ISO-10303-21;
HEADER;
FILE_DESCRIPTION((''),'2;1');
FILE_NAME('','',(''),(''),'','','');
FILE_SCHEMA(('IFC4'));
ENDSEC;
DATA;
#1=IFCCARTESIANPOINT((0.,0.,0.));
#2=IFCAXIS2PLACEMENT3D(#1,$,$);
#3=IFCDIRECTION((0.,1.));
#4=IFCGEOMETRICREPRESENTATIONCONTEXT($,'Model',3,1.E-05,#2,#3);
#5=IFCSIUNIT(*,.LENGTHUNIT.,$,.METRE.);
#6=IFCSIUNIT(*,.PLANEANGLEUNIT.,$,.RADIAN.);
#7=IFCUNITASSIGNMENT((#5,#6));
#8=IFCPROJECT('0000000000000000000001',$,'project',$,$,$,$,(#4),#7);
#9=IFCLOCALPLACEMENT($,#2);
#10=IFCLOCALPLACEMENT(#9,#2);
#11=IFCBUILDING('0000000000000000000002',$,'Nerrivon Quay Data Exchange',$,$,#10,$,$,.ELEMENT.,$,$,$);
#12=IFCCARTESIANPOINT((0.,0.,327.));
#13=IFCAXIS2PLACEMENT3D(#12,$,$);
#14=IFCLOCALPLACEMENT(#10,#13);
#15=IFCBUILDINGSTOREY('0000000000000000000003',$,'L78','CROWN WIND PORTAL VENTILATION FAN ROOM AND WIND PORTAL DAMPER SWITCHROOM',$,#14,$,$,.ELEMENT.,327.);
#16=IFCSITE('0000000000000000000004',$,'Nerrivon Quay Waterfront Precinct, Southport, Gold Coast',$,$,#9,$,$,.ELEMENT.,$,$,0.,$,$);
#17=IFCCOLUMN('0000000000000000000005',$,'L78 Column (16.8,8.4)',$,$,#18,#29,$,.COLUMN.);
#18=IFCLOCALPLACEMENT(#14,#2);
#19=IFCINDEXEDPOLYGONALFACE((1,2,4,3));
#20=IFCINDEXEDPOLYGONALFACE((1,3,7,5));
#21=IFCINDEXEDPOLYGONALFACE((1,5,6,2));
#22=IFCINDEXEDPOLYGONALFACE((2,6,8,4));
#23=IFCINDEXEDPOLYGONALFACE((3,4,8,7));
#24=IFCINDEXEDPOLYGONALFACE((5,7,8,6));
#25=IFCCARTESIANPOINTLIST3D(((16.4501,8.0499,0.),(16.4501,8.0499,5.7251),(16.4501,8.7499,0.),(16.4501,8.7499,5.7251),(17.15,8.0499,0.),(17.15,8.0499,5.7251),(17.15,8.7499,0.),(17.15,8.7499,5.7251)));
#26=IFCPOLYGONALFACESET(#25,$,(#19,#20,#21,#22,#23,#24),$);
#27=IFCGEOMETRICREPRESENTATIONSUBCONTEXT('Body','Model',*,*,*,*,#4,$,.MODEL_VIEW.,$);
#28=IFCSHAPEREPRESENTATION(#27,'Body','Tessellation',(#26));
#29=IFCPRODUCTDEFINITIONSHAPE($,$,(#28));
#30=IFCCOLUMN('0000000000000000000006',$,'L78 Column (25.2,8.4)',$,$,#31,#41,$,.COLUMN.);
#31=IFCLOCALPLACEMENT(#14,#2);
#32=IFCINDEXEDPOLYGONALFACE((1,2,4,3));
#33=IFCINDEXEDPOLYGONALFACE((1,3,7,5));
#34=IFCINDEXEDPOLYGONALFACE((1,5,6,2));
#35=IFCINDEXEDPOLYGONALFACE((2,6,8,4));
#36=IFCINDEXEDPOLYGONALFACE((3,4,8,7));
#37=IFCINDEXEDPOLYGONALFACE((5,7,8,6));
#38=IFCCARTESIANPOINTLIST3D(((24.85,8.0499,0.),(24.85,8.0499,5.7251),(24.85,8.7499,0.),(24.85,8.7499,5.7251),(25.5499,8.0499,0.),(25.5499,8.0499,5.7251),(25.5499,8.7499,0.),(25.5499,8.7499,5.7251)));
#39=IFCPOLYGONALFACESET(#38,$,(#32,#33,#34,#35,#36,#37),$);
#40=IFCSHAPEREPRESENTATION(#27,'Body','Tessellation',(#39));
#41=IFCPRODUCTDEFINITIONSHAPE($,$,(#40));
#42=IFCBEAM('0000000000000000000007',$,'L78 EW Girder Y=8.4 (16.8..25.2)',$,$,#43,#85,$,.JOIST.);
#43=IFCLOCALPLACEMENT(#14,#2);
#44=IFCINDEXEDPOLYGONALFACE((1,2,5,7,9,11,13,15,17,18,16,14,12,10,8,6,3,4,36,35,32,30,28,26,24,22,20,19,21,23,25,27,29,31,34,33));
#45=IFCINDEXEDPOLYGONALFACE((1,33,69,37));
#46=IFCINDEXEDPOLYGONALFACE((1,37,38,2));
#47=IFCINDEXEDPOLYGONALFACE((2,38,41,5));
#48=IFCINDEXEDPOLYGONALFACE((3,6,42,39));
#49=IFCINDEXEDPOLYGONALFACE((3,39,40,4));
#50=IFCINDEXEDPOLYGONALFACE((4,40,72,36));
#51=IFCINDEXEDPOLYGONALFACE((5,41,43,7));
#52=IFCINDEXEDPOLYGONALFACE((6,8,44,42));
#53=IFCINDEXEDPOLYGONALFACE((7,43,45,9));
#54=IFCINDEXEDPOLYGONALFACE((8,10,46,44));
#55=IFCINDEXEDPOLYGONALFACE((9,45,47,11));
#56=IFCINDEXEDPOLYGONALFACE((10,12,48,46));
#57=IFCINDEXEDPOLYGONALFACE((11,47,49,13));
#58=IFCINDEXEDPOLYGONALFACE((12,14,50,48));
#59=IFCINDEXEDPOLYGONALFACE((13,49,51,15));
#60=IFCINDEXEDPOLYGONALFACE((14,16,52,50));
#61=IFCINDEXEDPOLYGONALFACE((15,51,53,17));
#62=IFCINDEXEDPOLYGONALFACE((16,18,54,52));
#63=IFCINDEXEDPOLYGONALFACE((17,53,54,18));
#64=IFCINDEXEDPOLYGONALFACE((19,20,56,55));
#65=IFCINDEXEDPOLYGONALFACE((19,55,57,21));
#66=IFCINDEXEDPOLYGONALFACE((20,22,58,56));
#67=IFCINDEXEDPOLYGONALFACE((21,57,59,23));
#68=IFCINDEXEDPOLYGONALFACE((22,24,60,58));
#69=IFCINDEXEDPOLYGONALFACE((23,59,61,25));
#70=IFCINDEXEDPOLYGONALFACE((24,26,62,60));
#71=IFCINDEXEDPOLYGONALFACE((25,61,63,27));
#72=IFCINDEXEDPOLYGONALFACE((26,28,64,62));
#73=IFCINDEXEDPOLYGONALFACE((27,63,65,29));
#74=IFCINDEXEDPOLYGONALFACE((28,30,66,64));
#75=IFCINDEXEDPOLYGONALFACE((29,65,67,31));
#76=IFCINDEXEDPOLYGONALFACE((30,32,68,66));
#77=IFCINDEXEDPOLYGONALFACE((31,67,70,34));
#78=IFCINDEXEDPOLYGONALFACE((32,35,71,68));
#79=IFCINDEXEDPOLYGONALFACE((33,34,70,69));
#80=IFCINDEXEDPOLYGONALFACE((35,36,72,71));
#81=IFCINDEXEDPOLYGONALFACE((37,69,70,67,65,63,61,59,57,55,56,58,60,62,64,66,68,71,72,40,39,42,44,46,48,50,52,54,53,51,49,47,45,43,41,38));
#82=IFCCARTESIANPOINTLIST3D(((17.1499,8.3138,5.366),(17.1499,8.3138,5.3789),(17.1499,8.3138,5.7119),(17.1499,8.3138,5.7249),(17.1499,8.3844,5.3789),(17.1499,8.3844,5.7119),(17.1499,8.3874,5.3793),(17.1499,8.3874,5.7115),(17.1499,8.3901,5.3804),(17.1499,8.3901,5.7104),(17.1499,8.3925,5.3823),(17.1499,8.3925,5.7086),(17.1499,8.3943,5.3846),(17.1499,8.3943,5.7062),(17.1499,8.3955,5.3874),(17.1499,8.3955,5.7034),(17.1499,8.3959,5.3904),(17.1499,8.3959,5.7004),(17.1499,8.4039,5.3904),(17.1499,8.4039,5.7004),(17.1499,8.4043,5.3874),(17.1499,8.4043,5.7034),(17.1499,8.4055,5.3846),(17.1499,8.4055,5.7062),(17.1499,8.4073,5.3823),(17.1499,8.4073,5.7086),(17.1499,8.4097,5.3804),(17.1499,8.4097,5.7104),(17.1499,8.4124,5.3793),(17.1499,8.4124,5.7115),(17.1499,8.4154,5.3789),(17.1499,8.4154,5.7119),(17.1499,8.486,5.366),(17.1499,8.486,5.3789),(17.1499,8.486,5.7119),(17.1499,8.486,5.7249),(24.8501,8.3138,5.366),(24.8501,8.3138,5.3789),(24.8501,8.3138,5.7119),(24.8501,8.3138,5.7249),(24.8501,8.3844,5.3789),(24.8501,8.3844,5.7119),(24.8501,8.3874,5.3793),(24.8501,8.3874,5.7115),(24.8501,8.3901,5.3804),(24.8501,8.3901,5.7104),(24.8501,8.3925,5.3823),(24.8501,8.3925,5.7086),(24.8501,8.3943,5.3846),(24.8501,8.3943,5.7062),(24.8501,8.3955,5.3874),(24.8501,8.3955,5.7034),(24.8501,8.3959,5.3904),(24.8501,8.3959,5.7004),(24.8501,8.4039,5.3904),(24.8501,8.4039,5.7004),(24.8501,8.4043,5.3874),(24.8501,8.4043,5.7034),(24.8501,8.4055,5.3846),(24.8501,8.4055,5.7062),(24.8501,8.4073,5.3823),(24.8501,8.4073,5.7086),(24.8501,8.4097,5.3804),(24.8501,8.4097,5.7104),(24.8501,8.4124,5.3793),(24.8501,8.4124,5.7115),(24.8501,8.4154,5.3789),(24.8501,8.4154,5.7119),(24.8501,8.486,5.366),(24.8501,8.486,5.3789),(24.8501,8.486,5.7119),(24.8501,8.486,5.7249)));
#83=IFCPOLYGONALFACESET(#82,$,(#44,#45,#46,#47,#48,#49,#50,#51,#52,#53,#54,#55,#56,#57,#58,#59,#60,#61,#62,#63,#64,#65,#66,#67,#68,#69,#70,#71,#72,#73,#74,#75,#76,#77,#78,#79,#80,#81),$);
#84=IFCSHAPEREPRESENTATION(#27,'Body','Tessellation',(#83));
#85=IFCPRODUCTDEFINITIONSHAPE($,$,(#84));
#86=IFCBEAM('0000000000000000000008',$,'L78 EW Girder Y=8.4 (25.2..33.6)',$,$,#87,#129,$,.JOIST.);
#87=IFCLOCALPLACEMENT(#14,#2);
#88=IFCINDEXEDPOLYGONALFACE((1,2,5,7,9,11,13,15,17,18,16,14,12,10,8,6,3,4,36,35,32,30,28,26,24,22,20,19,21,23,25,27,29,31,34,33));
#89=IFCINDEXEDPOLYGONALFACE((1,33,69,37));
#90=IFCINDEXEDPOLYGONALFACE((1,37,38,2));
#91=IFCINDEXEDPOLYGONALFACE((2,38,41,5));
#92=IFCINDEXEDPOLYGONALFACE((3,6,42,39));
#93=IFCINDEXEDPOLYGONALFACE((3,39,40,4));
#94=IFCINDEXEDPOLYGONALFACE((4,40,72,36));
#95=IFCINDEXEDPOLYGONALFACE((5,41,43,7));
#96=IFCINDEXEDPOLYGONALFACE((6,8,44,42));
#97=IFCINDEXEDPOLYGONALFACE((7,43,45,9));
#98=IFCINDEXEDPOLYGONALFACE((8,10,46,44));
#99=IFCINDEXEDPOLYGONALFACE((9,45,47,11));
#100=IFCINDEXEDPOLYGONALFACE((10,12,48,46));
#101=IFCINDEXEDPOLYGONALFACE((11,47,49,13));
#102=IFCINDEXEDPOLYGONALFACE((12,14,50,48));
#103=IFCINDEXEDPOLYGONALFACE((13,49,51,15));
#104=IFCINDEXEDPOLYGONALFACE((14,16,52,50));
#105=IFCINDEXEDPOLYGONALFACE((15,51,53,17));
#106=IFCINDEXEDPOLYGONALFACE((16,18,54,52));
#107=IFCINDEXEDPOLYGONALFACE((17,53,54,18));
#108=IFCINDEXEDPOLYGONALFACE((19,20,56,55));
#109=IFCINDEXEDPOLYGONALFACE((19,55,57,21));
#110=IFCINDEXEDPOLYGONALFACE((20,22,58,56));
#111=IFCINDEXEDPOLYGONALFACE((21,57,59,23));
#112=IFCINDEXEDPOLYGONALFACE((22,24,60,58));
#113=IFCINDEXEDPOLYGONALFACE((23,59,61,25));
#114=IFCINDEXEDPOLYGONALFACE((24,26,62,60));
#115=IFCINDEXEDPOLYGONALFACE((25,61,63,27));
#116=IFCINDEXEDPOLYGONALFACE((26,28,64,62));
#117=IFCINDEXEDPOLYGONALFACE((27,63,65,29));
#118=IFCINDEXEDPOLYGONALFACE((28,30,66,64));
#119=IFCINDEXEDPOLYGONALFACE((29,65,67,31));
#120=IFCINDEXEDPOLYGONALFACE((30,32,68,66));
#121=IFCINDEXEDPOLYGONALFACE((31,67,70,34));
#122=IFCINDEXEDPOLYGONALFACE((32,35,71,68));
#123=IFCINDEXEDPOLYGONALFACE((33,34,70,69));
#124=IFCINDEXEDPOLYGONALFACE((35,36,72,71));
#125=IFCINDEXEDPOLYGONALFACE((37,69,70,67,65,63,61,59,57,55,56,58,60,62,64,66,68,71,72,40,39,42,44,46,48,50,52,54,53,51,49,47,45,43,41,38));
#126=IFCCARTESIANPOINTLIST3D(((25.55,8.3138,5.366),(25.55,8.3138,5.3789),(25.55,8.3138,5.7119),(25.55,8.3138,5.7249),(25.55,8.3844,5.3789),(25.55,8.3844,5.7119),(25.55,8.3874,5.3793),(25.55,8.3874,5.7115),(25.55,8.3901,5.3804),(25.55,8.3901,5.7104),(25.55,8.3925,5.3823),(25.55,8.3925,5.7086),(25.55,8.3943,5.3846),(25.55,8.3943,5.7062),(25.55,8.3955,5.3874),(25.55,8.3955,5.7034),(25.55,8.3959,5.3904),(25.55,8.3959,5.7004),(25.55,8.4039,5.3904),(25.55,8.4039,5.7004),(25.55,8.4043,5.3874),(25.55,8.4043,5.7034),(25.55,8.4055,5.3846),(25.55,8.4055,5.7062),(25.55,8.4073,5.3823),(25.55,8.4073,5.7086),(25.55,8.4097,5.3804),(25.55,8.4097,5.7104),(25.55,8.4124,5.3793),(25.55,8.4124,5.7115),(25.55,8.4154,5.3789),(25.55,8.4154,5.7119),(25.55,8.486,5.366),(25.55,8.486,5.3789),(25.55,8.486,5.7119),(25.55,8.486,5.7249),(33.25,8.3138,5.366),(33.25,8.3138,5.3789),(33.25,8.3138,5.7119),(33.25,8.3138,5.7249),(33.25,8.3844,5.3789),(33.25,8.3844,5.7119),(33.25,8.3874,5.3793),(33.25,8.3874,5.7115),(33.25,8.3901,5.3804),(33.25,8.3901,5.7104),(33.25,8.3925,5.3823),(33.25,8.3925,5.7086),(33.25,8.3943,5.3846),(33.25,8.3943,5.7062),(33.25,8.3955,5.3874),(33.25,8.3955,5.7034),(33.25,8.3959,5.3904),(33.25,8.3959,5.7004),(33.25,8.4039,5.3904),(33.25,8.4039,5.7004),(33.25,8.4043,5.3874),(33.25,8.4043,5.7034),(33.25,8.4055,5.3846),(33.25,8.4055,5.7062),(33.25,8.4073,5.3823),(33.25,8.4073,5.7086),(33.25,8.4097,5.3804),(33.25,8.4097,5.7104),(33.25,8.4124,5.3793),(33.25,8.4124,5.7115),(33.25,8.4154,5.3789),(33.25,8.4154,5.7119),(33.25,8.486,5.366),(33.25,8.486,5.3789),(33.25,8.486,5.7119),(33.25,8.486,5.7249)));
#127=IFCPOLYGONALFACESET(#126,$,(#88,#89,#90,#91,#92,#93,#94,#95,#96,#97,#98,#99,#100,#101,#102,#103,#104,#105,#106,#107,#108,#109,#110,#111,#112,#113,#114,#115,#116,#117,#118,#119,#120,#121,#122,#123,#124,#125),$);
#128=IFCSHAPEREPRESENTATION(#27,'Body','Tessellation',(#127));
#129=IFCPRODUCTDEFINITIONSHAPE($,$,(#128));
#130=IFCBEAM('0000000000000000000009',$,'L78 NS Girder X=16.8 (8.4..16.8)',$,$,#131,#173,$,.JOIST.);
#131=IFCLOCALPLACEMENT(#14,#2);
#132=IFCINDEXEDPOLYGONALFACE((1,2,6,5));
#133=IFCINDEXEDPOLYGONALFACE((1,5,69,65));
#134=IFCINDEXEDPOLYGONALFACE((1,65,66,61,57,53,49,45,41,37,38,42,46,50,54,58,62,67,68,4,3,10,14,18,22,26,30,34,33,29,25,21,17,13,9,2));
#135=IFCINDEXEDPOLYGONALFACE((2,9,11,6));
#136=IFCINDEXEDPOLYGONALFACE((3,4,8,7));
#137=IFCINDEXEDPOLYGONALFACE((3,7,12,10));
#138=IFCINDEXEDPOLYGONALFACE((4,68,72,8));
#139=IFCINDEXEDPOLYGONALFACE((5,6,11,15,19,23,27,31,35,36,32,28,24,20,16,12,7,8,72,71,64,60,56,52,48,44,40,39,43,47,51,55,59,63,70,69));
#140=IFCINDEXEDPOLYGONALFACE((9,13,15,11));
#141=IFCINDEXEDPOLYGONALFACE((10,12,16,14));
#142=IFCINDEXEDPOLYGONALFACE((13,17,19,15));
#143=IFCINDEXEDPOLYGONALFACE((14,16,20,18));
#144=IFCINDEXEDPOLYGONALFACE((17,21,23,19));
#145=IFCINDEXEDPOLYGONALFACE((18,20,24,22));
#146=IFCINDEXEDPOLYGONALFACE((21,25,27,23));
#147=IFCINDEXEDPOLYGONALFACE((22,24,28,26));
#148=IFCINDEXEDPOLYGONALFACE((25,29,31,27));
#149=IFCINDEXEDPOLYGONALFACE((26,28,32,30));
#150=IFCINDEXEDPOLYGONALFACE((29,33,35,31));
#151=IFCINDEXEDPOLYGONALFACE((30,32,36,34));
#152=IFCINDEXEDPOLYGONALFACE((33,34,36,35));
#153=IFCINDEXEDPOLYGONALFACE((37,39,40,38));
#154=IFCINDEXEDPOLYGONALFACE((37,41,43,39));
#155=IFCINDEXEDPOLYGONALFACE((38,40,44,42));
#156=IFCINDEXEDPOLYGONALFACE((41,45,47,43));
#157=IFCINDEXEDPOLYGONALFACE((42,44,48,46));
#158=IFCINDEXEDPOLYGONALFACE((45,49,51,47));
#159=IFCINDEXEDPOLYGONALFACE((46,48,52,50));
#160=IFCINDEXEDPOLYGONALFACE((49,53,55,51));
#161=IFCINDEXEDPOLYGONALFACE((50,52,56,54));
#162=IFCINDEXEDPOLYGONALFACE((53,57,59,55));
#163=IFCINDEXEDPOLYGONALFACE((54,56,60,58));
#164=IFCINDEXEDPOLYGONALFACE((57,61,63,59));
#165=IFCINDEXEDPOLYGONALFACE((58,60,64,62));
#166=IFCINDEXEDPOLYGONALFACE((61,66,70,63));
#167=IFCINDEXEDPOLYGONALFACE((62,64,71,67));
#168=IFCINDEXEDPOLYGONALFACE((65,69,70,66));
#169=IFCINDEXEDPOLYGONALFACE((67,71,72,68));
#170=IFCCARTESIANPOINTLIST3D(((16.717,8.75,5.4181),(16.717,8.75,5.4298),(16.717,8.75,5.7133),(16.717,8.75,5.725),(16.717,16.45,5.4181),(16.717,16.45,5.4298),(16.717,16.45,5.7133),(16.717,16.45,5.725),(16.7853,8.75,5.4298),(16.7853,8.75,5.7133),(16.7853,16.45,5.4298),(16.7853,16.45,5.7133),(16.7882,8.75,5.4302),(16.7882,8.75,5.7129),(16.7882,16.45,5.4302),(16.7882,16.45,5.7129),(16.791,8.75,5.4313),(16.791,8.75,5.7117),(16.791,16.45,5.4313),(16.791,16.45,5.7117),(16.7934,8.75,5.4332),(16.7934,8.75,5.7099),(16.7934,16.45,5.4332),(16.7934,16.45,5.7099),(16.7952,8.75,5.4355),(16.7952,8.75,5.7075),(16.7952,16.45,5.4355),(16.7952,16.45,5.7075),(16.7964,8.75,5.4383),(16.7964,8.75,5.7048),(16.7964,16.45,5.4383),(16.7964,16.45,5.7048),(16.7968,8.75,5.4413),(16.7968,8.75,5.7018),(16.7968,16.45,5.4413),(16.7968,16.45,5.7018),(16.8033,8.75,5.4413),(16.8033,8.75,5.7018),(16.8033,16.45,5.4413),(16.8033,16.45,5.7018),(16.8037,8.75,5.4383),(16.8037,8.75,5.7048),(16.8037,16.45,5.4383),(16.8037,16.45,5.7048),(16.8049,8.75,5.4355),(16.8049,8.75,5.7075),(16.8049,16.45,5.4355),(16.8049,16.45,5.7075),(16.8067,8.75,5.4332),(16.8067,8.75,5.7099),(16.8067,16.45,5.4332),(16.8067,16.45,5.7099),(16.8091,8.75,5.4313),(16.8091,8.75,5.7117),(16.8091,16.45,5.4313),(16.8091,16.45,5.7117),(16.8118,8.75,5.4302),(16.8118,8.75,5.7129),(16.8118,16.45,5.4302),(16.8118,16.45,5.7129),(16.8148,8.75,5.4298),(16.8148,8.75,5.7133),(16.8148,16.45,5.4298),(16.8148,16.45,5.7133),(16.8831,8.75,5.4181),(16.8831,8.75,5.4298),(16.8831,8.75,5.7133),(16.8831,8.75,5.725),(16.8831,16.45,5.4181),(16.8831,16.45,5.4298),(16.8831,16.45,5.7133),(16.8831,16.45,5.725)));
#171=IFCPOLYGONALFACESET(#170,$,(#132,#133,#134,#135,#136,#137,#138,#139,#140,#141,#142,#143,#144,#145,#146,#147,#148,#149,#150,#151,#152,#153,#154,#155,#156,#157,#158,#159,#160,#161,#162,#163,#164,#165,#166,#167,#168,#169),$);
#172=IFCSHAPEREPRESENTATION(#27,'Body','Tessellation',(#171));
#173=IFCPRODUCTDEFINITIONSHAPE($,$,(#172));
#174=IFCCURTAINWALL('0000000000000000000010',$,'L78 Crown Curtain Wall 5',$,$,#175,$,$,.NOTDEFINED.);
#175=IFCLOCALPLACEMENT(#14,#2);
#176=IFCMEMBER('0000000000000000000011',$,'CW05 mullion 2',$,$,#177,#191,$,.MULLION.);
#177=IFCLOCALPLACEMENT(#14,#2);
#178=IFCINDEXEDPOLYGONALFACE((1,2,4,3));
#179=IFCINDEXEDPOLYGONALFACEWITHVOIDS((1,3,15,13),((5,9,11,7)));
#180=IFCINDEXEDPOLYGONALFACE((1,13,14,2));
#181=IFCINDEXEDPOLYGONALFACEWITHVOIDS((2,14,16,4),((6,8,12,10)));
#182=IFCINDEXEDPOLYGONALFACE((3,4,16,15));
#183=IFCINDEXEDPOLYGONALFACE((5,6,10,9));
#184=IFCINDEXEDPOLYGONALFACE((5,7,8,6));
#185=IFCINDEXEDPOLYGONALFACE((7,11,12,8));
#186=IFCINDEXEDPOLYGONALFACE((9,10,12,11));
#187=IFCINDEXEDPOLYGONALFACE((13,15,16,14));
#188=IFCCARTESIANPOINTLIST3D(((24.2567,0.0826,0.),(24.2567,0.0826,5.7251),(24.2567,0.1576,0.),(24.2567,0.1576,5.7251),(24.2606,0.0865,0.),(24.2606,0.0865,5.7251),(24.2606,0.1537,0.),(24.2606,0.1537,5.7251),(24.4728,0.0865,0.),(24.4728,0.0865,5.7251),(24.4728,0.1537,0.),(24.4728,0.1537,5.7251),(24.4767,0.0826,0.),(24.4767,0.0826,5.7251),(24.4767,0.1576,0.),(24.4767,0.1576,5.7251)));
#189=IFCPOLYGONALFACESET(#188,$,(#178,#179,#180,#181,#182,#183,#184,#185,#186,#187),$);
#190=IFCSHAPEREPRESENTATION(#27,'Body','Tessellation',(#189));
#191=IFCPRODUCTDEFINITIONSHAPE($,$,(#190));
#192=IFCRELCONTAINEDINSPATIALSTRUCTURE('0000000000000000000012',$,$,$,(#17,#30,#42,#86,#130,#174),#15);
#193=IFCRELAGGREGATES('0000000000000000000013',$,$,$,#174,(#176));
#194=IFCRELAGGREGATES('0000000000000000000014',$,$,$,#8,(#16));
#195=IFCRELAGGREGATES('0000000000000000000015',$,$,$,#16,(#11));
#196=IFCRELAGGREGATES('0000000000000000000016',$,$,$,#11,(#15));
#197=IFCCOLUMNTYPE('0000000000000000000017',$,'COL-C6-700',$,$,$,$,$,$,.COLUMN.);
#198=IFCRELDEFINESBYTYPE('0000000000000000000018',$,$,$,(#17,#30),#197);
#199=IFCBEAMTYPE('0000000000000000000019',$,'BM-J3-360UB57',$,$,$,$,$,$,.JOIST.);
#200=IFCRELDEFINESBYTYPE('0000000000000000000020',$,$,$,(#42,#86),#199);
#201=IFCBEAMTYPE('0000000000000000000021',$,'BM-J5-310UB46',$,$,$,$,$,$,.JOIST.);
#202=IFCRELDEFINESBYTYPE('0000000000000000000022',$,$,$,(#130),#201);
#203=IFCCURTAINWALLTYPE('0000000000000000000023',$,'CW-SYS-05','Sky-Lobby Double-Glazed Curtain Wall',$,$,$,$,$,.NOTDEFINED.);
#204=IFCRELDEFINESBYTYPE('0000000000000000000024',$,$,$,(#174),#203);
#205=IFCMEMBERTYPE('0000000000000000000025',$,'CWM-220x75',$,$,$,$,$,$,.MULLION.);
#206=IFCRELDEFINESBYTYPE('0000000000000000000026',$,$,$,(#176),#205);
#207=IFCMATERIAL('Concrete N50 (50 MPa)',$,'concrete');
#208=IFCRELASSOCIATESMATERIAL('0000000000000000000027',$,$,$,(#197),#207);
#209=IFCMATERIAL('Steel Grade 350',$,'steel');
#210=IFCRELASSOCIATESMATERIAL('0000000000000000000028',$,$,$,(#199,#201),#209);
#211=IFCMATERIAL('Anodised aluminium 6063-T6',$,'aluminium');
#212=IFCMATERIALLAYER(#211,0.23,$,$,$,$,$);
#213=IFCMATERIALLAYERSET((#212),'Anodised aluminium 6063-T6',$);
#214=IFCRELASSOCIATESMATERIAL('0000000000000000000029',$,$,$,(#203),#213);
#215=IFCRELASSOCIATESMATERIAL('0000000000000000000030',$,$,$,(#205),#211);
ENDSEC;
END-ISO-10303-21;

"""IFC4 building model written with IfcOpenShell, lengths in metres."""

from ifc_helpers import new_model, si_unit, direction, frame, origin, origin_2d, place, context, subcontext, project, spatial, rectangle, hollow_rectangle, i_section, extrude, material, layer, layer_set, material_profile, profile_set, type_object, element, aggregate, save


model = new_model("IFC4")

# Units and contexts
model_context = context("Model", 3, precision=1e-05, world=origin(), true_north=direction((0.0, 1.0)))
body_context = subcontext(model_context, "Body", "Model", "MODEL_VIEW")
ifc_project = project(units=[si_unit("LENGTHUNIT", "METRE"), si_unit("PLANEANGLEUNIT", "RADIAN")], contexts=[model_context])

# Site, building, storey
site_placement = place(None, origin())
site = spatial("IfcSite", under=ifc_project, at=site_placement, Name="Nerrivon Quay Waterfront Precinct, Southport, Gold Coast", CompositionType="ELEMENT", RefElevation=0.0)
building_placement = place(site_placement, origin())
building = spatial("IfcBuilding", under=site, at=building_placement, Name="Nerrivon Quay Data Exchange", CompositionType="ELEMENT")
storey_placement = place(building_placement, frame((0.0, 0.0, 327.0)))
storey = spatial("IfcBuildingStorey", under=building, at=storey_placement, Name="L78", Description="CROWN WIND PORTAL VENTILATION FAN ROOM AND WIND PORTAL DAMPER SWITCHROOM", CompositionType="ELEMENT", Elevation=327.0)

# Columns
ifc_material_1 = material(Name="Concrete N50 (50 MPa)", Category="concrete")
ifc_material_profile_1 = material_profile(ifc_material_1, rectangle(XDim=0.7, YDim=0.7, at=origin_2d()), Name="RC-COL-700x700")
ifc_profile_set_1 = profile_set([ifc_material_profile_1], Name="Concrete N50 (50 MPa)")
column_type = type_object("IfcColumnType", Name="COL-C6-700", PredefinedType="COLUMN", material=ifc_profile_set_1)
for number, where, z_axis, x_axis, name in (
    (1, (16.8, 8.3999, 0.0), (0.0, 0.0, 1.0), (1.0, 0.0, 0.0), "L78 Column (16.8,8.4)"),
    (2, (25.2, 8.3999, 0.0), (0.0, 0.0, 1.0), (1.0, 0.0, 0.0), "L78 Column (25.2,8.4)"),
):
    element("IfcColumn", number, at=place(storey_placement, frame(where, z_axis=z_axis, x_axis=x_axis)), inside=storey, type_object=column_type, Name=name, PredefinedType="COLUMN", context=body_context, shape_type="SweptSolid", body=[
        extrude(rectangle(XDim=0.7, YDim=0.7, at=origin_2d()), origin(), (0.0, 0.0, 1.0), 5.7251),
    ])

# Beams
ifc_material_2 = material(Name="Steel Grade 350", Category="steel")
ifc_material_profile_2 = material_profile(ifc_material_2, i_section(OverallWidth=0.1721, OverallDepth=0.3589, WebThickness=0.0081, FlangeThickness=0.0129, FilletRadius=0.0115, at=origin_2d()), Name="360UB56.7")
ifc_profile_set_2 = profile_set([ifc_material_profile_2], Name="Steel Grade 350")
beam_type_1 = type_object("IfcBeamType", Name="BM-J3-360UB57", PredefinedType="JOIST", material=ifc_profile_set_2)
beam_1_placement = place(storey_placement, frame((17.1499, 8.3999, 5.5454), z_axis=(1.0, 0.0, 0.0), x_axis=(0.0, 1.0, 0.0)))
element("IfcBeam", 3, at=beam_1_placement, inside=storey, type_object=beam_type_1, Name="L78 EW Girder Y=8.4 (16.8..25.2)", PredefinedType="JOIST", context=body_context, shape_type="SweptSolid", body=[
    extrude(i_section(OverallWidth=0.1721, OverallDepth=0.3589, WebThickness=0.0081, FlangeThickness=0.0129, FilletRadius=0.0115, at=origin_2d()), origin(), (0.0, 0.0, 1.0), 7.7002),
])
beam_2_placement = place(storey_placement, frame((25.55, 8.3999, 5.5454), z_axis=(1.0, 0.0, 0.0), x_axis=(0.0, 1.0, 0.0)))
element("IfcBeam", 4, at=beam_2_placement, inside=storey, type_object=beam_type_1, Name="L78 EW Girder Y=8.4 (25.2..33.6)", PredefinedType="JOIST", context=body_context, shape_type="SweptSolid", body=[
    extrude(i_section(OverallWidth=0.1721, OverallDepth=0.3589, WebThickness=0.0081, FlangeThickness=0.0129, FilletRadius=0.0115, at=origin_2d()), origin(), (0.0, 0.0, 1.0), 7.7),
])
ifc_material_profile_3 = material_profile(ifc_material_2, i_section(OverallWidth=0.166, OverallDepth=0.3069, WebThickness=0.0066, FlangeThickness=0.0117, FilletRadius=0.0115, at=origin_2d()), Name="310UB46.2")
ifc_profile_set_3 = profile_set([ifc_material_profile_3], Name="Steel Grade 350")
beam_type_2 = type_object("IfcBeamType", Name="BM-J5-310UB46", PredefinedType="JOIST", material=ifc_profile_set_3)
beam_3_placement = place(storey_placement, frame((16.8, 8.75, 5.5715), z_axis=(0.0, 1.0, 0.0), x_axis=(-1.0, 0.0, 0.0)))
element("IfcBeam", 5, at=beam_3_placement, inside=storey, type_object=beam_type_2, Name="L78 NS Girder X=16.8 (8.4..16.8)", PredefinedType="JOIST", context=body_context, shape_type="SweptSolid", body=[
    extrude(i_section(OverallWidth=0.166, OverallDepth=0.3069, WebThickness=0.0066, FlangeThickness=0.0117, FilletRadius=0.0115, at=origin_2d()), origin(), (0.0, 0.0, 1.0), 7.7),
])

# Curtain wall, member
ifc_material_3 = material(Name="Anodised aluminium 6063-T6", Category="aluminium")
ifc_layer_1 = layer(ifc_material_3, 0.23)
ifc_layer_set_1 = layer_set([ifc_layer_1], Name="Anodised aluminium 6063-T6")
curtain_wall_type = type_object("IfcCurtainWallType", Name="CW-SYS-05", Description="Sky-Lobby Double-Glazed Curtain Wall", PredefinedType="NOTDEFINED", material=ifc_layer_set_1)
curtain_wall_placement = place(storey_placement, origin())
curtain_wall = element("IfcCurtainWall", 6, at=curtain_wall_placement, inside=storey, type_object=curtain_wall_type, Name="L78 Crown Curtain Wall 5", PredefinedType="NOTDEFINED")
ifc_material_profile_4 = material_profile(ifc_material_3, hollow_rectangle(XDim=0.075, YDim=0.22, WallThickness=0.0039, at=origin_2d()), Name="ALU-MULL-220x75")
ifc_profile_set_4 = profile_set([ifc_material_profile_4], Name="Anodised aluminium 6063-T6")
member_type_1 = type_object("IfcMemberType", Name="CWM-220x75", PredefinedType="MULLION", material=ifc_profile_set_4)
member_1_placement = place(storey_placement, frame((24.3667, 0.1201, 0.0), z_axis=(0.0, 0.0, 1.0), x_axis=(0.0, -1.0, 0.0)))
member_1 = element("IfcMember", 7, at=member_1_placement, type_object=member_type_1, Name="CW05 mullion 2", PredefinedType="MULLION", context=body_context, shape_type="SweptSolid", body=[
    extrude(hollow_rectangle(XDim=0.075, YDim=0.22, WallThickness=0.0039, at=origin_2d()), origin(), (0.0, 0.0, 1.0), 5.7251),
])
aggregate(curtain_wall, [member_1])

save(model, "model.ifc")
